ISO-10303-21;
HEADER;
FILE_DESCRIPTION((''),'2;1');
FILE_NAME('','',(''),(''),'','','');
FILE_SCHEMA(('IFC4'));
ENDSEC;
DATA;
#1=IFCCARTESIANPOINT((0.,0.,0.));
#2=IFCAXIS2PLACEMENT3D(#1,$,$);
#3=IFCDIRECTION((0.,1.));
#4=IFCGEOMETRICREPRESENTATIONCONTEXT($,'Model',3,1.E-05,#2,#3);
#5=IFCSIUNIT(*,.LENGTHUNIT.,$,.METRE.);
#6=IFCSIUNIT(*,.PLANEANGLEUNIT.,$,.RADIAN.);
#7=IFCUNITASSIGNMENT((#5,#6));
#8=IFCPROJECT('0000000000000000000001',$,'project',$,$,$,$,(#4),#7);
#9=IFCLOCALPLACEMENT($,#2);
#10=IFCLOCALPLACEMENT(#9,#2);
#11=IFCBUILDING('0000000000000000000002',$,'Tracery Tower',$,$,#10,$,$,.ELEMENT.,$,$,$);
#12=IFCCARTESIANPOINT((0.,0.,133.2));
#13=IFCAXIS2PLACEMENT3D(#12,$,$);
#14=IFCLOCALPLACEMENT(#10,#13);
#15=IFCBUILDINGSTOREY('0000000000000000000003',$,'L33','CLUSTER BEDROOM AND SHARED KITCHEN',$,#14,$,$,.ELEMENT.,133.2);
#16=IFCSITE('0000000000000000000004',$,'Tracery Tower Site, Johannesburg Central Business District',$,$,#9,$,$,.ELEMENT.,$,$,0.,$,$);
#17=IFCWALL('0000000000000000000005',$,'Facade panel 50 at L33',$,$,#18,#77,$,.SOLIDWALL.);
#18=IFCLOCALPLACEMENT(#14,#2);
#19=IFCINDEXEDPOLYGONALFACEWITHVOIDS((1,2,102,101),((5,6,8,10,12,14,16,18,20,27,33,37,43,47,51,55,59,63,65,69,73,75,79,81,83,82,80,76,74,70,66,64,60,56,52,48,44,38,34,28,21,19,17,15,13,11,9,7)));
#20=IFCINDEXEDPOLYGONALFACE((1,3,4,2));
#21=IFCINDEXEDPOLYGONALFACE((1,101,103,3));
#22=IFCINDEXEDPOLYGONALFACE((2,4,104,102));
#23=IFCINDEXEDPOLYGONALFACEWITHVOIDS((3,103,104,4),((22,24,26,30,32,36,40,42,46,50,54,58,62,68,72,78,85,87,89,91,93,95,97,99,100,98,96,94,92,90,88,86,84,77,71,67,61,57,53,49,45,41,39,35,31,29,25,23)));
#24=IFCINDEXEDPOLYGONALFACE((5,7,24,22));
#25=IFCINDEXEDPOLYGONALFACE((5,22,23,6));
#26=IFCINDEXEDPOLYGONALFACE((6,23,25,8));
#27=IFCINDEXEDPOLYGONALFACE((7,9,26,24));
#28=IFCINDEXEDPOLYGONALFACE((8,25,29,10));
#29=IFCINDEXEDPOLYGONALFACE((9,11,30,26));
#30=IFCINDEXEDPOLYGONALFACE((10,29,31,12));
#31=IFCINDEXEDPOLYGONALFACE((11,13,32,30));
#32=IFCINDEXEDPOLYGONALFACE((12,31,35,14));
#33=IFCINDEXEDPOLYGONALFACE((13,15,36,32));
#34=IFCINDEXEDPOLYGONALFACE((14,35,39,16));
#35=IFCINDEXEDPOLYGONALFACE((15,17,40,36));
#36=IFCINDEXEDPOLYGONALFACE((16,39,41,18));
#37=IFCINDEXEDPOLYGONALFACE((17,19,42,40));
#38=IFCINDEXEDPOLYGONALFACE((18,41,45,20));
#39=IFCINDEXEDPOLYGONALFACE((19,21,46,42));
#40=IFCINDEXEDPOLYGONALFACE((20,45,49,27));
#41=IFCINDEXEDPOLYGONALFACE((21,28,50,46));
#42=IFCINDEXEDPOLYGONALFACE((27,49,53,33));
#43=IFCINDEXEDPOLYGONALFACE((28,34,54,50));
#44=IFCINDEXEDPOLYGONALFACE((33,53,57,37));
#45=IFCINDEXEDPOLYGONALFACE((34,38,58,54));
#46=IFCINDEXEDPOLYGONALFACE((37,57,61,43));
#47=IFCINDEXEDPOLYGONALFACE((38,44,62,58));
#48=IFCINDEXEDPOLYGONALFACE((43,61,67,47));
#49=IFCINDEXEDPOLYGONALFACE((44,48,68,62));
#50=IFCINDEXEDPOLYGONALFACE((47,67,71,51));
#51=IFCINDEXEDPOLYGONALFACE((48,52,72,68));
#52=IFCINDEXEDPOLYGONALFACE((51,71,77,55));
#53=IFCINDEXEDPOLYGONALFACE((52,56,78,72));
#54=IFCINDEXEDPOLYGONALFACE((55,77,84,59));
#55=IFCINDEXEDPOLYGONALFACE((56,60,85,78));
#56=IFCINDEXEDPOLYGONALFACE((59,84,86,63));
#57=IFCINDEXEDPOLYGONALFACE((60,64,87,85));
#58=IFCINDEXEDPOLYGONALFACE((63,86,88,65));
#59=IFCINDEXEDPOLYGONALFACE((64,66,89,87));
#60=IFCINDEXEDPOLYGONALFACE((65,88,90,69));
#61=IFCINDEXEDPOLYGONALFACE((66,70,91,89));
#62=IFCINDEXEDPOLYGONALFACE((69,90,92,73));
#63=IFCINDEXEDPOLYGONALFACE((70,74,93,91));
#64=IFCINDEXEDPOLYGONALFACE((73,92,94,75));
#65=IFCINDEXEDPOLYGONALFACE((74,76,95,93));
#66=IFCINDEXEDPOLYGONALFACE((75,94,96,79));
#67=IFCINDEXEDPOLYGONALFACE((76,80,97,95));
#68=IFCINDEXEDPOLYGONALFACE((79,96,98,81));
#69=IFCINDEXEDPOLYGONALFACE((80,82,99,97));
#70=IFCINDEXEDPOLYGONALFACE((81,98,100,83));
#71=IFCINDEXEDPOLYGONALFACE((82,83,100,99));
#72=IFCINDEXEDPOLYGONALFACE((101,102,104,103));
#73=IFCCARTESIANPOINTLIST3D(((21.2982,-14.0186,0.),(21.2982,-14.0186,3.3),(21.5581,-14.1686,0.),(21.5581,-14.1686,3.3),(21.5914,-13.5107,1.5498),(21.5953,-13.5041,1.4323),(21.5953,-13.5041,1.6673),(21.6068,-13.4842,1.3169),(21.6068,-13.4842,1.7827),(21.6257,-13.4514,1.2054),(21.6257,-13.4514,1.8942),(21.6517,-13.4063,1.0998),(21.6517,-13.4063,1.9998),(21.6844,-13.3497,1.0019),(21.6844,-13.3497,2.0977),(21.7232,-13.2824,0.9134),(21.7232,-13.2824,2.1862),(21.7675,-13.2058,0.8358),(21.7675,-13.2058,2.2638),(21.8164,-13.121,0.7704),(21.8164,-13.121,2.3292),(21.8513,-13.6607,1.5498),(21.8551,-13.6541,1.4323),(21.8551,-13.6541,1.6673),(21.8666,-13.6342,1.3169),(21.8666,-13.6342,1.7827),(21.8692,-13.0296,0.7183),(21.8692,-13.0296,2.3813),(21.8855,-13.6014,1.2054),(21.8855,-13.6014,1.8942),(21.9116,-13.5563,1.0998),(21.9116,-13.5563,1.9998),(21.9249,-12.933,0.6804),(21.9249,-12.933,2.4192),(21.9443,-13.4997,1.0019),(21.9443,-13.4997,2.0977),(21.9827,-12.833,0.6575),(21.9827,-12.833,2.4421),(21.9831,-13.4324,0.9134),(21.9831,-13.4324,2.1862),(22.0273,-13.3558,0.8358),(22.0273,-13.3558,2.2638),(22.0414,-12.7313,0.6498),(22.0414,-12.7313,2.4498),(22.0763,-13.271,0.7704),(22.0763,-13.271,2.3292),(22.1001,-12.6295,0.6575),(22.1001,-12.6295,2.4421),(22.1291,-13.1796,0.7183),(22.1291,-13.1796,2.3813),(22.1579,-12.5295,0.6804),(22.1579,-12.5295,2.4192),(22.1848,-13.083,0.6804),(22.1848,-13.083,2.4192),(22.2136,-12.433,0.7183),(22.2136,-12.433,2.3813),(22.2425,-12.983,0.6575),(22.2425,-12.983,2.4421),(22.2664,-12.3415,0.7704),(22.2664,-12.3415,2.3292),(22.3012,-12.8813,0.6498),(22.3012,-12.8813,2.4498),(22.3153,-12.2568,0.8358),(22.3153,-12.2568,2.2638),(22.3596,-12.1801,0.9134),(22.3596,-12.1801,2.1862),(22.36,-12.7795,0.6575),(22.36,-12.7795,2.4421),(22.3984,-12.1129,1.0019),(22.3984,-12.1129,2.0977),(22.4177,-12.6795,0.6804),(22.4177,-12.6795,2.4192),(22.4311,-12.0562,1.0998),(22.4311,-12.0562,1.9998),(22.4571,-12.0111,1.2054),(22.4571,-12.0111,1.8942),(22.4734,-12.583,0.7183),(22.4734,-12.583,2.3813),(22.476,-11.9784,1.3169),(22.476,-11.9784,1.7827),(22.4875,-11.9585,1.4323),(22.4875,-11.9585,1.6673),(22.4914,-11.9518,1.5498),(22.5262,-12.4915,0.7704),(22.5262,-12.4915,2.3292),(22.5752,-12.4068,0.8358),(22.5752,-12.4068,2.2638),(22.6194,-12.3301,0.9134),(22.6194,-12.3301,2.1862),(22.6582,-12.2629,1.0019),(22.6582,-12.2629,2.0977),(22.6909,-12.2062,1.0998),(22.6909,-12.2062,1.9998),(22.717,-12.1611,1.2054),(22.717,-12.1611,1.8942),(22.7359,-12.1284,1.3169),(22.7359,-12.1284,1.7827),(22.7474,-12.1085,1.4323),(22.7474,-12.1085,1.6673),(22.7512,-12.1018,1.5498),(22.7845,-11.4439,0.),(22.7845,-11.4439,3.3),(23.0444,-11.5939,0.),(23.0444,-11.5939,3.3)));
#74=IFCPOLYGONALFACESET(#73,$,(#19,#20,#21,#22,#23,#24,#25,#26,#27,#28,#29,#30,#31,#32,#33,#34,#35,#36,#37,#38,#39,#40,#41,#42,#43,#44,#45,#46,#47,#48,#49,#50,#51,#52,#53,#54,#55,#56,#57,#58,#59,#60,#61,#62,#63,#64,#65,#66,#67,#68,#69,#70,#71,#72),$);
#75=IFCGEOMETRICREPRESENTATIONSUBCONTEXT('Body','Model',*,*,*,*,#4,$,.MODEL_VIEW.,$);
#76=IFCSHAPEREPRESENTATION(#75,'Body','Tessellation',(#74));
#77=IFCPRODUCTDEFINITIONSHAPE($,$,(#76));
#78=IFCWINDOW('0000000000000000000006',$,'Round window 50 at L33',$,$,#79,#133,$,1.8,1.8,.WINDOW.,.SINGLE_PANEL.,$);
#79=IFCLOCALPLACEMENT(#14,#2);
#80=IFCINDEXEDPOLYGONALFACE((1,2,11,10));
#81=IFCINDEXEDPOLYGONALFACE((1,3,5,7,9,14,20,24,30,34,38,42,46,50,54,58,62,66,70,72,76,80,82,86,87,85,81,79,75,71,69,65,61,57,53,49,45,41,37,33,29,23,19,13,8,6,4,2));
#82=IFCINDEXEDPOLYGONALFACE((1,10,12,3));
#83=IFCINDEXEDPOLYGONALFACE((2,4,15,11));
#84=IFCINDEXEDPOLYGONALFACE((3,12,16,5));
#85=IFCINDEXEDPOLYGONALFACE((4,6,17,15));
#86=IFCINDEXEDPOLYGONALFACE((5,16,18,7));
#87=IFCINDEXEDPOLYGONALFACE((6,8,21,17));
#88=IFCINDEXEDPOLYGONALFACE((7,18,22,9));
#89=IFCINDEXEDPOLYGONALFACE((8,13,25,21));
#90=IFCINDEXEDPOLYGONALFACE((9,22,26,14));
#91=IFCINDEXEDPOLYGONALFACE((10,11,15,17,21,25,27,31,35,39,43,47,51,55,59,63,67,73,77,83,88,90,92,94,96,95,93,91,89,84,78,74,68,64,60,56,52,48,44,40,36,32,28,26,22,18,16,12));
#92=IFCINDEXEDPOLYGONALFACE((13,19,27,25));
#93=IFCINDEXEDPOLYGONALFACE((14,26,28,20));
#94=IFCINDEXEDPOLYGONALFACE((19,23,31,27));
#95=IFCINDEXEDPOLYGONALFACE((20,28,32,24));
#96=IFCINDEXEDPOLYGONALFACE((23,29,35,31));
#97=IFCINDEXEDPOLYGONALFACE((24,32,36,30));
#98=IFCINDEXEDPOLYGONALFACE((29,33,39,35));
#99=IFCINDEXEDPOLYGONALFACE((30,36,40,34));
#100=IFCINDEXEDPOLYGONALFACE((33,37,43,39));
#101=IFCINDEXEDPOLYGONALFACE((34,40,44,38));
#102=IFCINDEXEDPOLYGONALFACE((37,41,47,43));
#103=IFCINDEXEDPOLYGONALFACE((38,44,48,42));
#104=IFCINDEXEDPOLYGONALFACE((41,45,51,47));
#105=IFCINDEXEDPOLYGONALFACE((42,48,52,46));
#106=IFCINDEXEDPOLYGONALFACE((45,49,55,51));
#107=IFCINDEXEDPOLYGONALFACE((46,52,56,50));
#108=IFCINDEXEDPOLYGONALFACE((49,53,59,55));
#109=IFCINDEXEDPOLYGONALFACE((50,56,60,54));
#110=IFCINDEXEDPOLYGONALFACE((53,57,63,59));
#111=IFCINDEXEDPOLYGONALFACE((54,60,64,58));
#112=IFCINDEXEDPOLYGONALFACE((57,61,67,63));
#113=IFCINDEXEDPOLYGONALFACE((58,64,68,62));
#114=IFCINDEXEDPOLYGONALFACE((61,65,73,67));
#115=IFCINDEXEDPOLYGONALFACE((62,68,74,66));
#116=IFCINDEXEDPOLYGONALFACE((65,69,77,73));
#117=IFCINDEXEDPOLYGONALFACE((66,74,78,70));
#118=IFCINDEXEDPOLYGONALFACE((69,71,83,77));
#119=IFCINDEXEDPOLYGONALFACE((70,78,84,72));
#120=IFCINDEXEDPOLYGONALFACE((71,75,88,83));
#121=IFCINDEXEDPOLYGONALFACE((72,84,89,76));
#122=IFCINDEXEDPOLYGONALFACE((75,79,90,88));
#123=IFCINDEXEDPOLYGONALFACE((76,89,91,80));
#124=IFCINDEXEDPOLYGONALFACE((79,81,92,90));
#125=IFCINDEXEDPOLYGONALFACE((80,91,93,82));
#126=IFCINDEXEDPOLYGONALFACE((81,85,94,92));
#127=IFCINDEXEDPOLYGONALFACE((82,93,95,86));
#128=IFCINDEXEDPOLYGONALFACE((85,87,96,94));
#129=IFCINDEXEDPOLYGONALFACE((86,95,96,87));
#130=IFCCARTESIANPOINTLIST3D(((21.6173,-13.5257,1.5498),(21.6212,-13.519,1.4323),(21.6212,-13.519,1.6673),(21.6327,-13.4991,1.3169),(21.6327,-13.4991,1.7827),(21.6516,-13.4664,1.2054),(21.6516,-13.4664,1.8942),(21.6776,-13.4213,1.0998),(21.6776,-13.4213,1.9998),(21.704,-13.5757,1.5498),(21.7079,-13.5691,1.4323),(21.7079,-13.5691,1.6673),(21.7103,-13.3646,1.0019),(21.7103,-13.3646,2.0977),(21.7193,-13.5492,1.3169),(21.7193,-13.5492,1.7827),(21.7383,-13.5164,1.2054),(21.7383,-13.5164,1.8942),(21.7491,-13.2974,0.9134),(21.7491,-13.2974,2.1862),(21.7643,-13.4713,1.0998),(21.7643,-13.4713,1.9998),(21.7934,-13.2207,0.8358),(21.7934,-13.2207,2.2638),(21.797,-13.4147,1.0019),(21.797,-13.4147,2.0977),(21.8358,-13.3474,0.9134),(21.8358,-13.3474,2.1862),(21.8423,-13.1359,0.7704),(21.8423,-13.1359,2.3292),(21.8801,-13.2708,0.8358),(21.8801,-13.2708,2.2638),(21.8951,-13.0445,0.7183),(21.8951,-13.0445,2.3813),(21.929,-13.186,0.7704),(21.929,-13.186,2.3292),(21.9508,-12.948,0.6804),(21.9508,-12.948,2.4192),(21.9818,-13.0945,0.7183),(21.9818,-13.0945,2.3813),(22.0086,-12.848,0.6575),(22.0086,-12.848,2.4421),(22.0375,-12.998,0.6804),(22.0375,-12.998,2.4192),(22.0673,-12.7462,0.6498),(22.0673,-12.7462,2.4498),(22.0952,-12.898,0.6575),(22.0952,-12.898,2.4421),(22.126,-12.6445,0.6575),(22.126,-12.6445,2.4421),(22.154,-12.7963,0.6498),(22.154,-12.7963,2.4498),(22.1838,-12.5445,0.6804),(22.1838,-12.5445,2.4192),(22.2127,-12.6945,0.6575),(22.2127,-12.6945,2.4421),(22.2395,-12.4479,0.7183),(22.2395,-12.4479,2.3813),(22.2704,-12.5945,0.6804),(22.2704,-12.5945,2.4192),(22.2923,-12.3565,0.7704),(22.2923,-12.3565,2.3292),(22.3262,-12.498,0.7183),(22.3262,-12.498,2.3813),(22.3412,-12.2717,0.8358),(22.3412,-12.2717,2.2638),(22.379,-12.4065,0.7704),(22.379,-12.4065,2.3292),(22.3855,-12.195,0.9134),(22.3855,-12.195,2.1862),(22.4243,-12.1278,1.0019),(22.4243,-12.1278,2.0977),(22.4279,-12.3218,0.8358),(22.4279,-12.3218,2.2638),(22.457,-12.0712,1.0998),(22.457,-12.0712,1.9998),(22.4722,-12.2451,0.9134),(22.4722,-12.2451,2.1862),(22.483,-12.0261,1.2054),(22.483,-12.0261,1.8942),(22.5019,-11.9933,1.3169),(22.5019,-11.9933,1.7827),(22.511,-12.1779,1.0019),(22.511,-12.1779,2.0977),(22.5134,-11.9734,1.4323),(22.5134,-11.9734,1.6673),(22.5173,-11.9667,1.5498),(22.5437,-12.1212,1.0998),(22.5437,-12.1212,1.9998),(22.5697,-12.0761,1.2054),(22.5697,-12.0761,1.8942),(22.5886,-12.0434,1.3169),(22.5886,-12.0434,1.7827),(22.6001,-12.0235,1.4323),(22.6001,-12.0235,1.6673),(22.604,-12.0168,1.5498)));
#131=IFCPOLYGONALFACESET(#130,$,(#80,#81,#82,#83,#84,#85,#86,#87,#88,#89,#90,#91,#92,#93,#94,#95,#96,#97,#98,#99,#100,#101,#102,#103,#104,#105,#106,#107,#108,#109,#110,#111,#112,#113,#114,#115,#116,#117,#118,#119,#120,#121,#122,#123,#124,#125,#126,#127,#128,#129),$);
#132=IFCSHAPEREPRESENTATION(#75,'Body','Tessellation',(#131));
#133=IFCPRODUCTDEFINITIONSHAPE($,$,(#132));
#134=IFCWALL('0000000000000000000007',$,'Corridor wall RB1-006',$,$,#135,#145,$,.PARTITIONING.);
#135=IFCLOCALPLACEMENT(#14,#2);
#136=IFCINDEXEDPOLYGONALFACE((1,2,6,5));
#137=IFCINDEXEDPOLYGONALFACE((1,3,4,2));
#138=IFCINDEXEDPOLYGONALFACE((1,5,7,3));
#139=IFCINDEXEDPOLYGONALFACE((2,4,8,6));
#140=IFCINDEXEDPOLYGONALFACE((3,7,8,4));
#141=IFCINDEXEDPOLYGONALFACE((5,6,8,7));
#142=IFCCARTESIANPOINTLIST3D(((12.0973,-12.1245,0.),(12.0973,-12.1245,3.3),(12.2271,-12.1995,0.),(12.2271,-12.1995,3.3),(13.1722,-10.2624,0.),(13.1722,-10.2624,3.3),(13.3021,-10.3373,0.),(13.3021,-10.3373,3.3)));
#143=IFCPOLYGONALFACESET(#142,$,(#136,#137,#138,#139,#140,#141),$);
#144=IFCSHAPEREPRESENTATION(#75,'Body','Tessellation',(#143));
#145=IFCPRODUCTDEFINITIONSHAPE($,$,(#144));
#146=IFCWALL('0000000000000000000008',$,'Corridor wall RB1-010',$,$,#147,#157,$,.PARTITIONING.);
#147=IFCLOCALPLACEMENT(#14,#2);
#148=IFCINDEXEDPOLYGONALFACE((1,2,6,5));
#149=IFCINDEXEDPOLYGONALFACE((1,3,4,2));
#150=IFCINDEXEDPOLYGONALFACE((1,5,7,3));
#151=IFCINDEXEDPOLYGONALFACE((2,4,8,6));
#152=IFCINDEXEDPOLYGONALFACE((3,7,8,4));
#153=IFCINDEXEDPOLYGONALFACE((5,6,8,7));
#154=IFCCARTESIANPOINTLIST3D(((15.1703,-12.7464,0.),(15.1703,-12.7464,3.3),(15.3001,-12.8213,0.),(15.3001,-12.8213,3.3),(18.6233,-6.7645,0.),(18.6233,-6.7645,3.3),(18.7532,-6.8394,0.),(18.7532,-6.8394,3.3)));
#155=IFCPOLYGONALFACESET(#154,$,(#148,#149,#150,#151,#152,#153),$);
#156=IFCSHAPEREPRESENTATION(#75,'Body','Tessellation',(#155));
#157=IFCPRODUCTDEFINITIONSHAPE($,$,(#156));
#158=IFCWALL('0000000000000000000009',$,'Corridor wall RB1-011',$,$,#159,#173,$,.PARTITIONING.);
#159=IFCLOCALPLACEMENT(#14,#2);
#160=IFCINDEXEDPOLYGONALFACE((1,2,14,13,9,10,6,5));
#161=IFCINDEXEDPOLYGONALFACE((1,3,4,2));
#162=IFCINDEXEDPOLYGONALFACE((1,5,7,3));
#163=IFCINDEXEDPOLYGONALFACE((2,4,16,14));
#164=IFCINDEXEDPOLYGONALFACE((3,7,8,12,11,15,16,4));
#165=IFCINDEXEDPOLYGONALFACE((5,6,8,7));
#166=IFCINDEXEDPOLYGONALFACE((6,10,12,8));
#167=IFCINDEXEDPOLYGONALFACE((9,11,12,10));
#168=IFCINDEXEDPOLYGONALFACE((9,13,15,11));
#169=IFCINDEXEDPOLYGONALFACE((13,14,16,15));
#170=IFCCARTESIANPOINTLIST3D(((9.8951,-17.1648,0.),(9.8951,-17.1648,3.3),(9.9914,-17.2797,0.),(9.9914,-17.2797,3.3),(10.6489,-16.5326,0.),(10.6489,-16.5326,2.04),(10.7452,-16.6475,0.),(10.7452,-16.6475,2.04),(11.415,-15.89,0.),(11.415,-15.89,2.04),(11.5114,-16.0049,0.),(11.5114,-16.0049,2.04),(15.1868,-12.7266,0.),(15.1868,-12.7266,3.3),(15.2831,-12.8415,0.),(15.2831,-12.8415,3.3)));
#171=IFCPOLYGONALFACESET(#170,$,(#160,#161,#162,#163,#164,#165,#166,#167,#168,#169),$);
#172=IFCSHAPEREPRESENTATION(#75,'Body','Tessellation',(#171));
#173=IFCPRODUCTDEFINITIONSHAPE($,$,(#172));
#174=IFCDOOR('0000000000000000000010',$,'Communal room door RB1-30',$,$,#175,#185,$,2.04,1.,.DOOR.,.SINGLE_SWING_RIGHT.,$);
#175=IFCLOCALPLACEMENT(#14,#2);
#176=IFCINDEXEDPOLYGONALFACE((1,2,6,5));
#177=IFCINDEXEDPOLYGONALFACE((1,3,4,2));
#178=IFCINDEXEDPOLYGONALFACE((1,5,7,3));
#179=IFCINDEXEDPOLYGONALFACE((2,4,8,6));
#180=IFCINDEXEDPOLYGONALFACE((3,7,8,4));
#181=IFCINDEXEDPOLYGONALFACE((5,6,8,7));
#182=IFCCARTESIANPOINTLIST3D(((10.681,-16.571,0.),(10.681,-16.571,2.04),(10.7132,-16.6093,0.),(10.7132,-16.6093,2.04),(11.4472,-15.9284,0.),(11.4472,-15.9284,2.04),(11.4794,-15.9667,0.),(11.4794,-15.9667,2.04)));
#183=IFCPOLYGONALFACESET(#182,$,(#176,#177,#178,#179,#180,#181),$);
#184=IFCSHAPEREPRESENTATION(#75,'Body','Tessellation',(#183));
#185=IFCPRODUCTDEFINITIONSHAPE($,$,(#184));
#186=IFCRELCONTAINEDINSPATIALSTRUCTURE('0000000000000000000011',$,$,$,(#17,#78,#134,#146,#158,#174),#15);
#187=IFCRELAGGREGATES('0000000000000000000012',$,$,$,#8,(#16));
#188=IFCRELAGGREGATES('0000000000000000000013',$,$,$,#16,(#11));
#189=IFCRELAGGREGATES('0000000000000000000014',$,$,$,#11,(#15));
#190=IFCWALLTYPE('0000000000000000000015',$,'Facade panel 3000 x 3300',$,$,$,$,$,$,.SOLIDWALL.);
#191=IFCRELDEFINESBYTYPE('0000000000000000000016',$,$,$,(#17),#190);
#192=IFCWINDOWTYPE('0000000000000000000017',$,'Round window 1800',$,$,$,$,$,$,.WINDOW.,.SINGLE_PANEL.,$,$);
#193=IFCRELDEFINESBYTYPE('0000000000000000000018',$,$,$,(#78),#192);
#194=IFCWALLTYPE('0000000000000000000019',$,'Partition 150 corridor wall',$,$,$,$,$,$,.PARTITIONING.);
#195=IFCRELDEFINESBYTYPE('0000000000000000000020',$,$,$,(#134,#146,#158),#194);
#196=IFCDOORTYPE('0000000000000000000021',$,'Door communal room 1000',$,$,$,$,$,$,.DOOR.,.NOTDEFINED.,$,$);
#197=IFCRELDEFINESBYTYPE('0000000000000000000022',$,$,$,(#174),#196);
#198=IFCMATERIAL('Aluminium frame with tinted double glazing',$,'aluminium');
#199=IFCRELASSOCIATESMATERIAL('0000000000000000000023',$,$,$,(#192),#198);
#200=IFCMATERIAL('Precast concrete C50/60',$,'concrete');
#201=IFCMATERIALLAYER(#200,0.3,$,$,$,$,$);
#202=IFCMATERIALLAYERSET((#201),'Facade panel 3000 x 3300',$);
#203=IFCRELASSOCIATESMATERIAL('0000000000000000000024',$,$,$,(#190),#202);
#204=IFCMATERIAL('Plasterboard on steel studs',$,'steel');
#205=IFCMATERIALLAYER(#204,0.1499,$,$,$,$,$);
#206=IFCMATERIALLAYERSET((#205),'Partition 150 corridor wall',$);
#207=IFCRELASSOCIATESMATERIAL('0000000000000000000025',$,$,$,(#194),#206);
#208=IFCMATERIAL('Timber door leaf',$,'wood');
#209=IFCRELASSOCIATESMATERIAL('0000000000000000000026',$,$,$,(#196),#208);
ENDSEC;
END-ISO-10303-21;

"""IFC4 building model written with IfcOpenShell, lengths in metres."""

from ifc_helpers import new_model, si_unit, direction, frame, frame_2d, origin, origin_2d, place, context, subcontext, project, spatial, rectangle, circle, extrude, material, layer, layer_set, type_object, element, fill, save


model = new_model("IFC4")

# Units and contexts
model_context = context("Model", 3, precision=1e-05, world=origin(), true_north=direction((0.0, 1.0)))
body_context = subcontext(model_context, "Body", "Model", "MODEL_VIEW")
ifc_project = project(units=[si_unit("LENGTHUNIT", "METRE"), si_unit("PLANEANGLEUNIT", "RADIAN")], contexts=[model_context])

# Site, building, storey
site_placement = place(None, origin())
site = spatial("IfcSite", under=ifc_project, at=site_placement, Name="Tracery Tower Site, Johannesburg Central Business District", CompositionType="ELEMENT", RefElevation=0.0)
building_placement = place(site_placement, origin())
building = spatial("IfcBuilding", under=site, at=building_placement, Name="Tracery Tower", CompositionType="ELEMENT")
storey_placement = place(building_placement, frame((0.0, 0.0, 133.2)))
storey = spatial("IfcBuildingStorey", under=building, at=storey_placement, Name="L33", Description="CLUSTER BEDROOM AND SHARED KITCHEN", CompositionType="ELEMENT", Elevation=133.2)

# Wall, opening, window
ifc_material_1 = material(Name="Aluminium frame with tinted double glazing", Category="aluminium")
window_type = type_object("IfcWindowType", Name="Round window 1800", PartitioningType="SINGLE_PANEL", PredefinedType="WINDOW", material=ifc_material_1)
ifc_material_2 = material(Name="Precast concrete C50/60", Category="concrete")
ifc_layer_1 = layer(ifc_material_2, 0.3)
ifc_layer_set_1 = layer_set([ifc_layer_1], Name="Facade panel 3000 x 3300")
wall_type_1 = type_object("IfcWallType", Name="Facade panel 3000 x 3300", PredefinedType="SOLIDWALL", material=ifc_layer_set_1)
wall_1_placement = place(storey_placement, frame((21.4282, -14.0935, 0.0), z_axis=(0.0, 0.0, 1.0), x_axis=(0.499955, 0.866052, 0.0)))
wall_1 = element("IfcWall", 1, at=wall_1_placement, inside=storey, type_object=wall_type_1, Name="Facade panel 50 at L33", PredefinedType="SOLIDWALL", context=body_context, shape_type="SweptSolid", body=[
    extrude(rectangle(XDim=2.9729, YDim=0.3, at=frame_2d((1.4863, 0.0))), origin(), (0.0, 0.0, 1.0), 3.3),
])
opening_1_placement = place(wall_1_placement, frame((1.4863, 0.0, 1.5498)))
opening_1 = element("IfcOpeningElement", 2, at=opening_1_placement, cuts=wall_1, PredefinedType="OPENING", context=body_context, shape_type="SweptSolid", body=[
    extrude(circle(Radius=0.9, at=origin_2d()), frame((0.0, 0.1599, 0.0), z_axis=(0.0, -1.0, 0.0), x_axis=(1.0, 0.0, 0.0)), (0.0, 0.0, 1.0), 0.3201),
])
window_1_placement = place(opening_1_placement, origin())
window_1 = element("IfcWindow", 3, at=window_1_placement, inside=storey, type_object=window_type, Name="Round window 50 at L33", OverallHeight=1.8, OverallWidth=1.8, PartitioningType="SINGLE_PANEL", PredefinedType="WINDOW", context=body_context, shape_type="SweptSolid", body=[
    extrude(circle(Radius=0.9, at=origin_2d()), frame((0.0, 0.1201, 0.0), z_axis=(0.0, -1.0, 0.0), x_axis=(1.0, 0.0, 0.0)), (0.0, 0.0, 1.0), 0.1001),
])
fill(opening_1, window_1)

# Walls
ifc_material_3 = material(Name="Plasterboard on steel studs", Category="steel")
ifc_layer_2 = layer(ifc_material_3, 0.1499)
ifc_layer_set_2 = layer_set([ifc_layer_2], Name="Partition 150 corridor wall")
wall_type_2 = type_object("IfcWallType", Name="Partition 150 corridor wall", PredefinedType="PARTITIONING", material=ifc_layer_set_2)
wall_2_placement = place(storey_placement, frame((12.1621, -12.1621, 0.0), z_axis=(0.0, 0.0, 1.0), x_axis=(0.499962, 0.866048, 0.0)))
element("IfcWall", 4, at=wall_2_placement, inside=storey, type_object=wall_type_2, Name="Corridor wall RB1-006", PredefinedType="PARTITIONING", context=body_context, shape_type="SweptSolid", body=[
    extrude(rectangle(XDim=2.1501, YDim=0.1499, at=frame_2d((1.0752, 0.0))), origin(), (0.0, 0.0, 1.0), 3.3),
])
wall_3_placement = place(storey_placement, frame((15.2351, -12.7839, 0.0), z_axis=(0.0, 0.0, 1.0), x_axis=(0.499941, 0.86606, 0.0)))
element("IfcWall", 5, at=wall_3_placement, inside=storey, type_object=wall_type_2, Name="Corridor wall RB1-010", PredefinedType="PARTITIONING", context=body_context, shape_type="SweptSolid", body=[
    extrude(rectangle(XDim=6.907, YDim=0.1499, at=frame_2d((3.4536, 0.0))), origin(), (0.0, 0.0, 1.0), 3.3),
])

# Wall, opening, door
wall_4_placement = place(storey_placement, frame((9.9434, -17.2222, 0.0), z_axis=(0.0, 0.0, 1.0), x_axis=(0.766192, 0.642612, 0.0)))
wall_4 = element("IfcWall", 6, at=wall_4_placement, inside=storey, type_object=wall_type_2, Name="Corridor wall RB1-011", PredefinedType="PARTITIONING", context=body_context, shape_type="SweptSolid", body=[
    extrude(rectangle(XDim=6.9065, YDim=0.1499, at=frame_2d((3.4531, 0.0))), origin(), (0.0, 0.0, 1.0), 3.3),
])
opening_2_placement = place(wall_4_placement, frame((0.9836, 0.0, 0.0)))
opening_2 = element("IfcOpeningElement", 7, at=opening_2_placement, cuts=wall_4, PredefinedType="OPENING", context=body_context, shape_type="SweptSolid", body=[
    extrude(rectangle(XDim=1.0, YDim=2.04, at=frame_2d((0.5, 1.02))), frame((0.0, 0.075, 0.0), z_axis=(0.0, -1.0, 0.0), x_axis=(1.0, 0.0, 0.0)), (0.0, 0.0, 1.0), 0.1499),
])
ifc_material_4 = material(Name="Timber door leaf", Category="wood")
door_type = type_object("IfcDoorType", Name="Door communal room 1000", OperationType="NOTDEFINED", PredefinedType="DOOR", material=ifc_material_4)
door_placement = place(opening_2_placement, origin())
door = element("IfcDoor", 8, at=door_placement, inside=storey, type_object=door_type, Name="Communal room door RB1-30", OperationType="SINGLE_SWING_RIGHT", OverallHeight=2.04, OverallWidth=1.0, PredefinedType="DOOR", context=body_context, shape_type="SweptSolid", body=[
    extrude(rectangle(XDim=1.0, YDim=2.04, at=frame_2d((0.5, 1.02))), frame((0.0, 0.0249, 0.0), z_axis=(0.0, -1.0, 0.0), x_axis=(1.0, 0.0, 0.0)), (0.0, 0.0, 1.0), 0.05),
])
fill(opening_2, door)

save(model, "model.ifc")
